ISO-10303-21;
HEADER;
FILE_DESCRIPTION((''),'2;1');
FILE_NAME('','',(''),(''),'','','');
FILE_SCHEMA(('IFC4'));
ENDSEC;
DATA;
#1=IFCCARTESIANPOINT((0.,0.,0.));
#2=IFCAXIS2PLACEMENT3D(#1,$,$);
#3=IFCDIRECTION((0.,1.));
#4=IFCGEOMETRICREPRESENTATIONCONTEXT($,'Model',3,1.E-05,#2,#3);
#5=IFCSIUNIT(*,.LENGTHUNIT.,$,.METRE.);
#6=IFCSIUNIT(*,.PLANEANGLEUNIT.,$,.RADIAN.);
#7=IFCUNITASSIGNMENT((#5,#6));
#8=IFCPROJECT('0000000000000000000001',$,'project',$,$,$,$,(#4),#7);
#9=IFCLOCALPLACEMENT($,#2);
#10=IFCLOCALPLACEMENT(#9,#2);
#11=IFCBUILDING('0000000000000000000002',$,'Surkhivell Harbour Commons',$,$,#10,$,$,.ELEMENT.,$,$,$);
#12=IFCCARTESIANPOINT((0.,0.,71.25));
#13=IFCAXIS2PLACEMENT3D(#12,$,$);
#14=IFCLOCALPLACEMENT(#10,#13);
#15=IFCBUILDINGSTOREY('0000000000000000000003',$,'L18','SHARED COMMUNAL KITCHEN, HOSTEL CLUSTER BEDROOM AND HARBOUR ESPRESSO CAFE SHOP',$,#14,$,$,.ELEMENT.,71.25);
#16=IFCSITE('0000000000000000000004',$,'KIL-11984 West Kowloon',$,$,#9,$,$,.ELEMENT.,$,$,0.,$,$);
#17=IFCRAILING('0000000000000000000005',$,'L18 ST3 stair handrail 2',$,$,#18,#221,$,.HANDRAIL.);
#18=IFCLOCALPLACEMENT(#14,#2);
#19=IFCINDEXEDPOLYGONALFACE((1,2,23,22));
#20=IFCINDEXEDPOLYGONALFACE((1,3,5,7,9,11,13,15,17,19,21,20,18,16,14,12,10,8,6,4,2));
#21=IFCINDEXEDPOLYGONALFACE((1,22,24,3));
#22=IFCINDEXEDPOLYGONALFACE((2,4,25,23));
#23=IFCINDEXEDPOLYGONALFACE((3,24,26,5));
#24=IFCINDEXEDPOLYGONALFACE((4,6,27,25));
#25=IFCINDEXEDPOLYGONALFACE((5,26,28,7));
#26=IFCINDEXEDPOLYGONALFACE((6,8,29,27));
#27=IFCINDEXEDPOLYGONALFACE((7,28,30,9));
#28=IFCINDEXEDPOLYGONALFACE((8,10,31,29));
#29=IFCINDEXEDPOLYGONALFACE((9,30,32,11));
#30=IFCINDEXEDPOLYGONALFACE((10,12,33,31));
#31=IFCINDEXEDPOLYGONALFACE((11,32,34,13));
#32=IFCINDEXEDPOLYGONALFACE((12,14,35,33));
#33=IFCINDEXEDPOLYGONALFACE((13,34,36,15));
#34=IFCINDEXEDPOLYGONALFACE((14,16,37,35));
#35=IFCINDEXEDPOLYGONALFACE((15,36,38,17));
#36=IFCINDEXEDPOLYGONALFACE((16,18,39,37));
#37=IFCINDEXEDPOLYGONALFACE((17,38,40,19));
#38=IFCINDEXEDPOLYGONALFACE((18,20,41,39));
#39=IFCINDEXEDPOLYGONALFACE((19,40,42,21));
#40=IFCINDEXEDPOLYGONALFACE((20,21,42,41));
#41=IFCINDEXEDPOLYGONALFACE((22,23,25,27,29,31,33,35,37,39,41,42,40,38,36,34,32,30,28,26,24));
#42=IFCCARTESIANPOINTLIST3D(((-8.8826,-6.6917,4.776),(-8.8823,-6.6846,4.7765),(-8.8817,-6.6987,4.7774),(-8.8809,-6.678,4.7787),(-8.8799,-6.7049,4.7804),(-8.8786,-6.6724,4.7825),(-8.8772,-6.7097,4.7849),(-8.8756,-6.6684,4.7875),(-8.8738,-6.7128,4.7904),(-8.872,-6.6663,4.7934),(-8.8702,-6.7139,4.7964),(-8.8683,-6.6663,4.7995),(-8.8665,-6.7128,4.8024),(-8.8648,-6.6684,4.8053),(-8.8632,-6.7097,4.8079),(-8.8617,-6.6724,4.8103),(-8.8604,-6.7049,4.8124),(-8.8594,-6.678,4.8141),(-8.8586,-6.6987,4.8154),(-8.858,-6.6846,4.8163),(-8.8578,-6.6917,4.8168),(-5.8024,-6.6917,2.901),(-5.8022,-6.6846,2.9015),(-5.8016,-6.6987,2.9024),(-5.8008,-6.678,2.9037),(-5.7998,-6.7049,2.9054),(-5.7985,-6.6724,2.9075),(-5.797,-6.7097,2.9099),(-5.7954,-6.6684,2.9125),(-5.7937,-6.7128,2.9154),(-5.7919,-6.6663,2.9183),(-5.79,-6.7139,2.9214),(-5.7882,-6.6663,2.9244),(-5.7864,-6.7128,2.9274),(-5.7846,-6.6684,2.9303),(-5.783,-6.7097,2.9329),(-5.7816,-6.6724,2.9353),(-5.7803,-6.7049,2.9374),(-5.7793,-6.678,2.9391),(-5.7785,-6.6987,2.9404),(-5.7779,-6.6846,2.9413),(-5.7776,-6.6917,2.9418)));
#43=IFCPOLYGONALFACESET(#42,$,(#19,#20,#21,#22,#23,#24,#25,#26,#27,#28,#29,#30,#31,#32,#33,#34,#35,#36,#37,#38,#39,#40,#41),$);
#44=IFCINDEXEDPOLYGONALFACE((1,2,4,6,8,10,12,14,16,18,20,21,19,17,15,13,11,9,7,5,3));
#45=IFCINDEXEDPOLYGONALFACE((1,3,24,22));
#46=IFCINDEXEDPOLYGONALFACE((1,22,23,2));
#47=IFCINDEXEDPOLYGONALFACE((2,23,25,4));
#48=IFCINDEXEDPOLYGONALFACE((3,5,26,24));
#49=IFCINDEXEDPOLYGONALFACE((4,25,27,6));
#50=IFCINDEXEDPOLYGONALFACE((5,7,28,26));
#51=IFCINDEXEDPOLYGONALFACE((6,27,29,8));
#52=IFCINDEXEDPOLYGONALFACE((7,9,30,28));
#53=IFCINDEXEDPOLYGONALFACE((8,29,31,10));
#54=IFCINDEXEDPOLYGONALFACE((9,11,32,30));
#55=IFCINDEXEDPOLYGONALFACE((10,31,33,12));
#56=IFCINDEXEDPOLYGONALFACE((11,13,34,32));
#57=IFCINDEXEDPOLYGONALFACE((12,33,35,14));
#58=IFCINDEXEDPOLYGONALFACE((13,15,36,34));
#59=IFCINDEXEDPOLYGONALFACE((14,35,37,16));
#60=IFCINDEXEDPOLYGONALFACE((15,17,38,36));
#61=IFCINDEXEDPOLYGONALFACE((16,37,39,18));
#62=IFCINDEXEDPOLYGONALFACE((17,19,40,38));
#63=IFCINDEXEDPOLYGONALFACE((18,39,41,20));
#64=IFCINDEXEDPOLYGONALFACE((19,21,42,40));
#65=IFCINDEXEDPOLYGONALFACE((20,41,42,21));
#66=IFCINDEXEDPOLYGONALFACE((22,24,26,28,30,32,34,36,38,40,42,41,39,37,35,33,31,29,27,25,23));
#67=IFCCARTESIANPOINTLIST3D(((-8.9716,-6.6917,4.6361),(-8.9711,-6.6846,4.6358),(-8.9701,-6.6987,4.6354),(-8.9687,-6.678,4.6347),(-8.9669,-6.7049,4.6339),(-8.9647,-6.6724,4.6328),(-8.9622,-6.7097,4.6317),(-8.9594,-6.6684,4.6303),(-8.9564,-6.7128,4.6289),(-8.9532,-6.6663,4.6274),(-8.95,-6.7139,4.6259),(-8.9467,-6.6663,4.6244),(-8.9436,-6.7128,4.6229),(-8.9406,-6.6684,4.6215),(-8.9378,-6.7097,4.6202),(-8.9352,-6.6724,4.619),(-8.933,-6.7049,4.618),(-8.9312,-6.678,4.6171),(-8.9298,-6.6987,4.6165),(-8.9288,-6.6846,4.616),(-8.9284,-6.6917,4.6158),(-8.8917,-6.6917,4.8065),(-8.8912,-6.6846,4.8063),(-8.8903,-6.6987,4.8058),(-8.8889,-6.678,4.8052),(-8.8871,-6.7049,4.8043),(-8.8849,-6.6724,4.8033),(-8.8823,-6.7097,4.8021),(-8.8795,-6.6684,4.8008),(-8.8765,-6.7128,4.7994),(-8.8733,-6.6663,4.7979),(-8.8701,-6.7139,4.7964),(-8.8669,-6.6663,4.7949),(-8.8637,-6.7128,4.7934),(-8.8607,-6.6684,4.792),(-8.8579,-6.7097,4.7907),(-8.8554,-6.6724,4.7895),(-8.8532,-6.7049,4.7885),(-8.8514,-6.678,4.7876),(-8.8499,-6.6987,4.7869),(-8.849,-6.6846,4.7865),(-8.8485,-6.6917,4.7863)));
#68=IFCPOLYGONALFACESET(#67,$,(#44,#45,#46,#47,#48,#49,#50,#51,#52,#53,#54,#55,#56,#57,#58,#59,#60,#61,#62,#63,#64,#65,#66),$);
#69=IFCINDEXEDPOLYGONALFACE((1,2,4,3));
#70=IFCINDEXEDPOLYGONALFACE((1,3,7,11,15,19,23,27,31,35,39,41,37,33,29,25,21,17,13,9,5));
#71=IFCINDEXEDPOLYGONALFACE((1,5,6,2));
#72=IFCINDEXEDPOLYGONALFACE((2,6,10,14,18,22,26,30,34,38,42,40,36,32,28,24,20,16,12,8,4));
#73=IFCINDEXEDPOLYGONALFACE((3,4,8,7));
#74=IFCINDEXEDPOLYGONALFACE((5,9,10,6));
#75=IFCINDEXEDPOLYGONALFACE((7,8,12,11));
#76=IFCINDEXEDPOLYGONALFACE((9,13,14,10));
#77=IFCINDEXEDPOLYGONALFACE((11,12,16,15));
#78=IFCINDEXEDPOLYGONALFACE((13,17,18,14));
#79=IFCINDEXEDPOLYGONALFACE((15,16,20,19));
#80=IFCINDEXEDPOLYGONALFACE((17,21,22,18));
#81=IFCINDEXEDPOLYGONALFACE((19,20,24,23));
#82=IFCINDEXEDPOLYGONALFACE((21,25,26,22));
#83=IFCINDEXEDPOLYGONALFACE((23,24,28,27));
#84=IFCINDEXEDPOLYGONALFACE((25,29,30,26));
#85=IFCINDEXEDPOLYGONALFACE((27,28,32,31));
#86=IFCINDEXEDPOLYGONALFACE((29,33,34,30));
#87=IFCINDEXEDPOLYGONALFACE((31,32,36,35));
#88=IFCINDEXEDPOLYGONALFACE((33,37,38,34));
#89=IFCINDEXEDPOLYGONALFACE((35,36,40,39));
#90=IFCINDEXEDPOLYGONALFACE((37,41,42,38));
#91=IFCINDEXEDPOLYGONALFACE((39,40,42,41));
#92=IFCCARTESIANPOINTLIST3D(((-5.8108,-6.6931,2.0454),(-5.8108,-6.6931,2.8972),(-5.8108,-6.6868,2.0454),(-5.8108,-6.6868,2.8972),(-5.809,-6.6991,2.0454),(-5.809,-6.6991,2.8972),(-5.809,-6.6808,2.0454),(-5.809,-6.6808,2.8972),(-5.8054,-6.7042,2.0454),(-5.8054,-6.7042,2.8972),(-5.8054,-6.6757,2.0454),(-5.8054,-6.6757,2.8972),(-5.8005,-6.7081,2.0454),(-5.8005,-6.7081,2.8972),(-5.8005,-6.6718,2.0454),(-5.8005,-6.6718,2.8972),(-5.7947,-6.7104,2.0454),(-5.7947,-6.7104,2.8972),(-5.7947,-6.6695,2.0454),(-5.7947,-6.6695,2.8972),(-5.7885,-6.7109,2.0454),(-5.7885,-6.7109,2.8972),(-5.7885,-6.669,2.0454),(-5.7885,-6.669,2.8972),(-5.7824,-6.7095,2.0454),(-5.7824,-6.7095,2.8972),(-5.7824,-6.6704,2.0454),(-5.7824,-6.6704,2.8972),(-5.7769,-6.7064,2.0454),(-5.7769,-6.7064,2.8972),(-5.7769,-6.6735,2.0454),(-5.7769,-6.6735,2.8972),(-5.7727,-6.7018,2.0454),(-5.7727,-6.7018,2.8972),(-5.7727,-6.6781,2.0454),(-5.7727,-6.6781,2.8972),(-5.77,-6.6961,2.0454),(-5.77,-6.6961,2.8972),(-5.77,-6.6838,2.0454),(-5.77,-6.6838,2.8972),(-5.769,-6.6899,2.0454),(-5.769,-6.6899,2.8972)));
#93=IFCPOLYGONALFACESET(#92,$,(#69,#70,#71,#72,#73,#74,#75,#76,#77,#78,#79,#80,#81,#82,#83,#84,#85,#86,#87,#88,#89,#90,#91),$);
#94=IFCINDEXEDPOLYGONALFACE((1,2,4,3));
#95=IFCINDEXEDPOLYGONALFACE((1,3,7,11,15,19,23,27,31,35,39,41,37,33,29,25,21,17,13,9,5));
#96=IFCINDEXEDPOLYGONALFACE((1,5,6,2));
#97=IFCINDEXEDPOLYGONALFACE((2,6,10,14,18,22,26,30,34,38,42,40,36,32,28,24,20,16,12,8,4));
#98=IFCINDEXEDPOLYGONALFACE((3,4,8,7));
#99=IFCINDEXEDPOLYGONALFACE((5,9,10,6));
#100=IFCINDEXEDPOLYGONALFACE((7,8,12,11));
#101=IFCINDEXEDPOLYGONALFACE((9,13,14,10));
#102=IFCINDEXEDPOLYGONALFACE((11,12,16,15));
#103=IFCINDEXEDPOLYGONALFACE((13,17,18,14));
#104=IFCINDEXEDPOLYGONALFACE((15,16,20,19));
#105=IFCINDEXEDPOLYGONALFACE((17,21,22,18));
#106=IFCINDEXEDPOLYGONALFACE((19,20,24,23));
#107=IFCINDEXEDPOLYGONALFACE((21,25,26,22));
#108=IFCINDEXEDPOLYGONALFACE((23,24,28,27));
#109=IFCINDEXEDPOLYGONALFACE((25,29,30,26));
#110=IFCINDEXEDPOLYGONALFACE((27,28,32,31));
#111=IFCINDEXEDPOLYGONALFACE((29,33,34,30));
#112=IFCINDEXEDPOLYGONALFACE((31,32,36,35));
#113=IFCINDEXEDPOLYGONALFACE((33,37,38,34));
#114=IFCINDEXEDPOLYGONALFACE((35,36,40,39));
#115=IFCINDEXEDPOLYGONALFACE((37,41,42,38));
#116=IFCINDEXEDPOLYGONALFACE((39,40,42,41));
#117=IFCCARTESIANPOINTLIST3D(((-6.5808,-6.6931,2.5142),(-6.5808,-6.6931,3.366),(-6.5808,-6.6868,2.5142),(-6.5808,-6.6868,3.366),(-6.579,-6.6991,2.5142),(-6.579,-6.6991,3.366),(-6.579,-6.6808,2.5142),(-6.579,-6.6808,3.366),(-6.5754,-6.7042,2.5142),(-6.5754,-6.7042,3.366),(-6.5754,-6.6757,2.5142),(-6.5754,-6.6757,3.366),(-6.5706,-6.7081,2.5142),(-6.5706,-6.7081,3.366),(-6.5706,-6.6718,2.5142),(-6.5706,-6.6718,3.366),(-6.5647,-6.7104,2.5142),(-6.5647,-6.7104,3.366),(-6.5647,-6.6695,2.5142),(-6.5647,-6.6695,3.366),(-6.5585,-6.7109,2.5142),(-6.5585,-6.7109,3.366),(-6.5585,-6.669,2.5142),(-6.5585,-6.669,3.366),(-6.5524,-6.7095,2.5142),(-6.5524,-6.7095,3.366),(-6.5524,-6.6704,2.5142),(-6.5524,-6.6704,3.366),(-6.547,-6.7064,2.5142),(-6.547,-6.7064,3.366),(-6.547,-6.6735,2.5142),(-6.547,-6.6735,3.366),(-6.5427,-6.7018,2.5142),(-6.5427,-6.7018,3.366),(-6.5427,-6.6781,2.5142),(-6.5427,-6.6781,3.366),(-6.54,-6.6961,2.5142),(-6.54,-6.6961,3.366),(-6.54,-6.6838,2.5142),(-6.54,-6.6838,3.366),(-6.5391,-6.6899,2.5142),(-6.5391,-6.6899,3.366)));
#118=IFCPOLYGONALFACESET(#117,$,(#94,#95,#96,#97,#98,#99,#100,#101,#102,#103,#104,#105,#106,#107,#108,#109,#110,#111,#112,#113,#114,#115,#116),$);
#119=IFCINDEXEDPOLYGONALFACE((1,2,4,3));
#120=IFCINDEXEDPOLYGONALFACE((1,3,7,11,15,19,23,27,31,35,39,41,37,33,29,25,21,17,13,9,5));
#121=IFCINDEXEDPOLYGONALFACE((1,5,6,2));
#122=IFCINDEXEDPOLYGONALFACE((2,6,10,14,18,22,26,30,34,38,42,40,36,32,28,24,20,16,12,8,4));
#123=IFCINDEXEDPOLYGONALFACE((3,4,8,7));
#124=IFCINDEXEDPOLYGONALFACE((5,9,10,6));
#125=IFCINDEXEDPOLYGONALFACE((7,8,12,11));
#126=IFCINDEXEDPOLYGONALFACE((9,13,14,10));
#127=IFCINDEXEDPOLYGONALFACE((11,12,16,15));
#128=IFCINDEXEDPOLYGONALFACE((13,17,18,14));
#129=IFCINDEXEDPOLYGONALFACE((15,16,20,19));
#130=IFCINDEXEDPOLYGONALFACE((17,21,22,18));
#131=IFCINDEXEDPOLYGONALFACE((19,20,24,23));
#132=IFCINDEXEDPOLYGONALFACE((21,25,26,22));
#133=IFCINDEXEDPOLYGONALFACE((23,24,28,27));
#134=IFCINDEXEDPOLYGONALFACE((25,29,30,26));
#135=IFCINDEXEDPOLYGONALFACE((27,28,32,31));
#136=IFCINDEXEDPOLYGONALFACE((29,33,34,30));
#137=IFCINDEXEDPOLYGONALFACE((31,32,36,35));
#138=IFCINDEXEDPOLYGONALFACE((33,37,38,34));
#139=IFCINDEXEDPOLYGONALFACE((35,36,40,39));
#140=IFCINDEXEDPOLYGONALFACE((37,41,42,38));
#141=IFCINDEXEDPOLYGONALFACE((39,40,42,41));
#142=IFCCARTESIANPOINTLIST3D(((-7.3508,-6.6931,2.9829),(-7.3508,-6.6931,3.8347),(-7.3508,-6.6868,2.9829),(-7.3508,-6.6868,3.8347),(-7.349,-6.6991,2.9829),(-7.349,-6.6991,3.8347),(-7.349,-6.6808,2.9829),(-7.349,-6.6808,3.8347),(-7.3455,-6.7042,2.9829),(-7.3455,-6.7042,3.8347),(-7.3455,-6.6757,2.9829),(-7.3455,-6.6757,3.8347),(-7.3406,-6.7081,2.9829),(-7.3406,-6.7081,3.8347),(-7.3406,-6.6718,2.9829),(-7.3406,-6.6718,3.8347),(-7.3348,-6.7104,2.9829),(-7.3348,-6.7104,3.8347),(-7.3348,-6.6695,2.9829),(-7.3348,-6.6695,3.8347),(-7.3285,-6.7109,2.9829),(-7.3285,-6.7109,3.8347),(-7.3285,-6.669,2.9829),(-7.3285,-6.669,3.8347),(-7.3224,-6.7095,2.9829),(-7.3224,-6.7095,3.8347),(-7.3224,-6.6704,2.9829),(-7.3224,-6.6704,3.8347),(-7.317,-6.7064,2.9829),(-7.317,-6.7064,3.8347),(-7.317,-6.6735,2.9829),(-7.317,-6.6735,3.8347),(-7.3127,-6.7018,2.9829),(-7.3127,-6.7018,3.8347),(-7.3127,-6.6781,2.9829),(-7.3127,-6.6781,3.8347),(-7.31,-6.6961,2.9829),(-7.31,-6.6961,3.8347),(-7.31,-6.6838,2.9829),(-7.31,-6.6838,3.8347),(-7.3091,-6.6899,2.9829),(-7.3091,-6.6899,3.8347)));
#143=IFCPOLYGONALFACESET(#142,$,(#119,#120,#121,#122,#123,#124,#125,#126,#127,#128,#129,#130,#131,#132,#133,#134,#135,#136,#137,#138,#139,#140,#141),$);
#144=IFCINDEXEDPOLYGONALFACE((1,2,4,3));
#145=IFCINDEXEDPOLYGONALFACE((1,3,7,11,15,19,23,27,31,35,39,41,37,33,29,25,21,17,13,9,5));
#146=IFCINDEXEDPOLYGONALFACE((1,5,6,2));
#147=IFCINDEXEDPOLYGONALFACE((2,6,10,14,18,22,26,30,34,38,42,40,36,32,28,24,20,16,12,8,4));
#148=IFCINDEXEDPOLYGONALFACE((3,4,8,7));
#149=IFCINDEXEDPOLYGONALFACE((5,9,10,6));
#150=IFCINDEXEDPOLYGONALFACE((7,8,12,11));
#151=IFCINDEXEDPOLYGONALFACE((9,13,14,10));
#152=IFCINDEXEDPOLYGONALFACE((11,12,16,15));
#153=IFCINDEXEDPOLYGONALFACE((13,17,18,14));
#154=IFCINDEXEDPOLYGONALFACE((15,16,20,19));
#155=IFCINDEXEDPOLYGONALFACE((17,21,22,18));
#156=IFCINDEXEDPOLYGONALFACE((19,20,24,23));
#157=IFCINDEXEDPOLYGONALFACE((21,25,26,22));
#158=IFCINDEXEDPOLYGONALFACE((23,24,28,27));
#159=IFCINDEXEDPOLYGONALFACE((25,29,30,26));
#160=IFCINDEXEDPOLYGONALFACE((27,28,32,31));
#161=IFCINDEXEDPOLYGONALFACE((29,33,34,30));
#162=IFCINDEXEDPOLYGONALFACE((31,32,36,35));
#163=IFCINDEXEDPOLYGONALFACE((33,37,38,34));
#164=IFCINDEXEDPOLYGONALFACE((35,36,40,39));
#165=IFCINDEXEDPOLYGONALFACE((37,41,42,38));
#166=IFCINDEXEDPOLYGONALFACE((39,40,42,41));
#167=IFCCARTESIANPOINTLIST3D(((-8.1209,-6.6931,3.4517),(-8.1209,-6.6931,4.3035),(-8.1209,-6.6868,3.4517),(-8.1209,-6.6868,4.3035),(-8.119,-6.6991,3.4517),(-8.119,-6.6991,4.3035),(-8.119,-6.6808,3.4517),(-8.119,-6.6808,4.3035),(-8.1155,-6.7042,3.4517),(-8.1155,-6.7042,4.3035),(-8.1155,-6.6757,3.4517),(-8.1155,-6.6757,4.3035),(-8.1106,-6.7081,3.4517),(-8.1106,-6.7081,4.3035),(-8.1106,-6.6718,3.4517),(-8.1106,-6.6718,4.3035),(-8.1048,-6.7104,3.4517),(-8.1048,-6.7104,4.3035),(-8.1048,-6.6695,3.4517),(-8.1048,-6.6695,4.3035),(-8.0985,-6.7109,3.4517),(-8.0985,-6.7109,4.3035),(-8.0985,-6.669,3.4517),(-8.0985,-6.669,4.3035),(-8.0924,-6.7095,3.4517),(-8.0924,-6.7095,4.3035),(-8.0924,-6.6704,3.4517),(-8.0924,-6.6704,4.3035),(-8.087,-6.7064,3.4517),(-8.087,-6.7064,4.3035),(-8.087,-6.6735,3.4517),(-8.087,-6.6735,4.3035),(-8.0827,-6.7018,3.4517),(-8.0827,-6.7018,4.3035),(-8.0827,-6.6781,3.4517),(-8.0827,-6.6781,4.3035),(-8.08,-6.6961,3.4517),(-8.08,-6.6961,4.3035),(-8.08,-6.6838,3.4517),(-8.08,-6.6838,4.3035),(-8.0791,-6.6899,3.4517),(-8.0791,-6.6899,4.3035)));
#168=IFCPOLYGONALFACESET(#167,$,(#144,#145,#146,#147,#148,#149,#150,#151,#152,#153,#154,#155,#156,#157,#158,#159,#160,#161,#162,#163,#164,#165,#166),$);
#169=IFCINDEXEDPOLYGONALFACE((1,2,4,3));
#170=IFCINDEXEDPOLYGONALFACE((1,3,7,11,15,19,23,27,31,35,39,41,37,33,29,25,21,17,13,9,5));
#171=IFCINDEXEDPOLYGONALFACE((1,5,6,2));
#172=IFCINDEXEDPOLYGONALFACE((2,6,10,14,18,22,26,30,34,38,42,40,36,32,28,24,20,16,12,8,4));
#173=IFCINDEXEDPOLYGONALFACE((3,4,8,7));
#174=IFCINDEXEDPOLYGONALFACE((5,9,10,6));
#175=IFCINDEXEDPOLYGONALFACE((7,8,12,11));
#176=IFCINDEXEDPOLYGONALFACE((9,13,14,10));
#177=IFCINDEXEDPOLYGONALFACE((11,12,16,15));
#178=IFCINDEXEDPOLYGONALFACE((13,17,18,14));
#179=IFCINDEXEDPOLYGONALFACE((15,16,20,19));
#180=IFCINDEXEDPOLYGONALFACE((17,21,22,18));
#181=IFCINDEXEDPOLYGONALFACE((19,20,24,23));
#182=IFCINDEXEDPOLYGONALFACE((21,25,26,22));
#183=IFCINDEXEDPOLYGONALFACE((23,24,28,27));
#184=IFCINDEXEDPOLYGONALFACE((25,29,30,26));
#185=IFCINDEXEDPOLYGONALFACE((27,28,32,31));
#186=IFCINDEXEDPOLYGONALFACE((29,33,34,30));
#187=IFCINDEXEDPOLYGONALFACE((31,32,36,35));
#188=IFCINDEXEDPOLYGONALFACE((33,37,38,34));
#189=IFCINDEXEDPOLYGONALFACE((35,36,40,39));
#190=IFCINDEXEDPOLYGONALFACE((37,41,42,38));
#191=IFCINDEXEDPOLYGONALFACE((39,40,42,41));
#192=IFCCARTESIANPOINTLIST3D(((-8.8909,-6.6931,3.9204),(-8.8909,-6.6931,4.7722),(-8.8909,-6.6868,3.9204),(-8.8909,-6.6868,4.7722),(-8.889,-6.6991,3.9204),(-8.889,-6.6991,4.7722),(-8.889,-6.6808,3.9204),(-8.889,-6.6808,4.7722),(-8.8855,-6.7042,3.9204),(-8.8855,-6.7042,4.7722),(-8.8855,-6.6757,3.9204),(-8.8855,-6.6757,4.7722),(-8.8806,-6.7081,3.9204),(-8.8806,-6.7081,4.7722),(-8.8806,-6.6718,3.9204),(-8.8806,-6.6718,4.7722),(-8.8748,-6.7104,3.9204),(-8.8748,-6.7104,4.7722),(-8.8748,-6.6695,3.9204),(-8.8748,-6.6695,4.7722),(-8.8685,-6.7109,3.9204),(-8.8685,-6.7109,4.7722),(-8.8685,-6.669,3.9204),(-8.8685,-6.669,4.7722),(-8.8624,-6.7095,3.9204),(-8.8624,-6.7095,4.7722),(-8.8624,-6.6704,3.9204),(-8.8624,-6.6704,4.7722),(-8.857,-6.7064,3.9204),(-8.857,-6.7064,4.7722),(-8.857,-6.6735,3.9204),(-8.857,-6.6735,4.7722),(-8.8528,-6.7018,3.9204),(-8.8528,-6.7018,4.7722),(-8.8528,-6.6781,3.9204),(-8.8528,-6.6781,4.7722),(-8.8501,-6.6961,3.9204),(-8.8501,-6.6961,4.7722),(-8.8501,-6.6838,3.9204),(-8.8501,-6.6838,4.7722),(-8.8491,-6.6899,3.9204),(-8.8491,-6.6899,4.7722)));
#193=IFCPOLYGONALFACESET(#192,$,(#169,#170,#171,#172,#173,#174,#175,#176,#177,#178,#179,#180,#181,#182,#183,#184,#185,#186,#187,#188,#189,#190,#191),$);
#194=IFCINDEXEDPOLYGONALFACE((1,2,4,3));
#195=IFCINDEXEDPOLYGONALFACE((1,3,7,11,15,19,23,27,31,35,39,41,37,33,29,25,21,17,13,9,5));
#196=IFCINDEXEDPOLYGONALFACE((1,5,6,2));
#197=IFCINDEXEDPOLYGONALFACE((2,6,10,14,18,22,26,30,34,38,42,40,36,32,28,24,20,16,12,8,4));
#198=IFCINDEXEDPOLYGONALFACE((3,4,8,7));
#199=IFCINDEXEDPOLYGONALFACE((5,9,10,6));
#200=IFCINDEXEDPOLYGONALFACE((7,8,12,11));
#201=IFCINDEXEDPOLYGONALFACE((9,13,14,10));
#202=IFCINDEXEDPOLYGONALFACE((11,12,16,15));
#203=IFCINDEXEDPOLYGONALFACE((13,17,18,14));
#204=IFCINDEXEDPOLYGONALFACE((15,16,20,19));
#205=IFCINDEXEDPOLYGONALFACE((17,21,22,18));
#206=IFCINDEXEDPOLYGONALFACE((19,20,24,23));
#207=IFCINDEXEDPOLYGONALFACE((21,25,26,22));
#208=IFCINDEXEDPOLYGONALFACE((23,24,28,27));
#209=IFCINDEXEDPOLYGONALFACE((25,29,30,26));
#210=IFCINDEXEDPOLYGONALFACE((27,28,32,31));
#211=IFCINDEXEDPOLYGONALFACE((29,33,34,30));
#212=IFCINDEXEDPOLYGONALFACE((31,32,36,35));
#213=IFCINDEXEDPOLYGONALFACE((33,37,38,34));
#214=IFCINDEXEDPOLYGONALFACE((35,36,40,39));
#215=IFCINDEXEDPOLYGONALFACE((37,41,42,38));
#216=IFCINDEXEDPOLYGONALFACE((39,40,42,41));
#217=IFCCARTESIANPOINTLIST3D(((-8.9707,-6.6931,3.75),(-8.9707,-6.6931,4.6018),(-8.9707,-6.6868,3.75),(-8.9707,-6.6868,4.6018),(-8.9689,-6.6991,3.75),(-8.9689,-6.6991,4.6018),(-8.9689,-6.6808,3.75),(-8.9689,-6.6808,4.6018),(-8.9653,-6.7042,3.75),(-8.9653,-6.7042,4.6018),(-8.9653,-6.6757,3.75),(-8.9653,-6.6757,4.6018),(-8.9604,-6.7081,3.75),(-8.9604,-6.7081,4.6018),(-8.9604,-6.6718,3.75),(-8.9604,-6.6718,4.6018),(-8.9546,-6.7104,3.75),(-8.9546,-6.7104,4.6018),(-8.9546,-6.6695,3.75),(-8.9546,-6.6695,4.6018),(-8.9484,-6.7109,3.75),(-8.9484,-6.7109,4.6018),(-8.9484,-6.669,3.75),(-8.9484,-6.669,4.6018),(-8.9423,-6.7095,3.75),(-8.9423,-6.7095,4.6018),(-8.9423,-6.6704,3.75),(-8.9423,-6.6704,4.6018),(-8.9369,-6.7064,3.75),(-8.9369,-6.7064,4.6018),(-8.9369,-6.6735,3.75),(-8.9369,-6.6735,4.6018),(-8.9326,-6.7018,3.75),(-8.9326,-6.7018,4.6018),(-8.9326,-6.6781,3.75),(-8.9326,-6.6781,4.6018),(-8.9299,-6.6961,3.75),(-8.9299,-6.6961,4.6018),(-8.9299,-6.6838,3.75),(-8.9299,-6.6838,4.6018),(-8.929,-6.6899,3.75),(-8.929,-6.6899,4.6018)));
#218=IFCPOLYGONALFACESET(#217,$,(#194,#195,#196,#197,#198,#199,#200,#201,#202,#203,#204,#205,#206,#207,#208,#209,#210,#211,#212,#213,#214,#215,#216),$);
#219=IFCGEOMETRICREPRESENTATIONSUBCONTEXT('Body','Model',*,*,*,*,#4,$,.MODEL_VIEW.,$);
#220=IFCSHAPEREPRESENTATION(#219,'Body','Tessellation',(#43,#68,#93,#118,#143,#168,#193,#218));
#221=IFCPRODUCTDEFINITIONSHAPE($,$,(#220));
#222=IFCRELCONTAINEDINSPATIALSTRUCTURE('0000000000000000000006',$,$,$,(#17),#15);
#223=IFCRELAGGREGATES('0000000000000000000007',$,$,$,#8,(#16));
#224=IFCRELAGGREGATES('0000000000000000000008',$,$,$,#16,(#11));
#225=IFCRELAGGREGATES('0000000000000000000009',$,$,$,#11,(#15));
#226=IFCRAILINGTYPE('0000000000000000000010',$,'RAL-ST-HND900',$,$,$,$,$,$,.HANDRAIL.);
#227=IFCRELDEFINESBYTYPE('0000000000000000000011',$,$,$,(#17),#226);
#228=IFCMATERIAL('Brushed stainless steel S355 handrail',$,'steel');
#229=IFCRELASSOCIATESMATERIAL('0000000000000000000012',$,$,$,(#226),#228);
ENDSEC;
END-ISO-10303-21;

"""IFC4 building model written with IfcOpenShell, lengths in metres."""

from ifc_helpers import new_model, si_unit, direction, frame, origin, origin_2d, place, context, subcontext, project, spatial, circle, extrude, material, type_object, element, save


model = new_model("IFC4")

# Units and contexts
model_context = context("Model", 3, precision=1e-05, world=origin(), true_north=direction((0.0, 1.0)))
body_context = subcontext(model_context, "Body", "Model", "MODEL_VIEW")
ifc_project = project(units=[si_unit("LENGTHUNIT", "METRE"), si_unit("PLANEANGLEUNIT", "RADIAN")], contexts=[model_context])

# Site, building, storey
site_placement = place(None, origin())
site = spatial("IfcSite", under=ifc_project, at=site_placement, Name="KIL-11984 West Kowloon", CompositionType="ELEMENT", RefElevation=0.0)
building_placement = place(site_placement, origin())
building = spatial("IfcBuilding", under=site, at=building_placement, Name="Surkhivell Harbour Commons", CompositionType="ELEMENT")
storey_placement = place(building_placement, frame((0.0, 0.0, 71.25)))
storey = spatial("IfcBuildingStorey", under=building, at=storey_placement, Name="L18", Description="SHARED COMMUNAL KITCHEN, HOSTEL CLUSTER BEDROOM AND HARBOUR ESPRESSO CAFE SHOP", CompositionType="ELEMENT", Elevation=71.25)

# Railing
ifc_material_1 = material(Name="Brushed stainless steel S355 handrail", Category="steel")
railing_type_1 = type_object("IfcRailingType", Name="RAL-ST-HND900", PredefinedType="HANDRAIL", material=ifc_material_1)
railing_1_placement = place(storey_placement, frame((-5.79, -6.6899, 2.0454)))
element("IfcRailing", 1, at=railing_1_placement, inside=storey, type_object=railing_type_1, Name="L18 ST3 stair handrail 2", PredefinedType="HANDRAIL", context=body_context, shape_type="SweptSolid", body=[
    extrude(circle(Radius=0.0239, at=origin_2d()), frame((0.0, 0.0, 0.876), z_axis=(-0.854178, 0.0, 0.519981), x_axis=(0.0, -1.0, 0.0)), (0.0, 0.0, 1.0), 3.606),
    extrude(circle(Radius=0.0239, at=origin_2d()), frame((-3.0801, 0.0, 2.751), z_axis=(-0.424234, 0.0, -0.905552), x_axis=(0.0, -1.0, 0.0)), (0.0, 0.0, 1.0), 0.1882),
    extrude(circle(Radius=0.021, at=origin_2d()), origin(), (0.0, 0.0, 1.0), 0.8518),
    extrude(circle(Radius=0.021, at=origin_2d()), frame((-0.77, 0.0, 0.4688)), (0.0, 0.0, 1.0), 0.8518),
    extrude(circle(Radius=0.021, at=origin_2d()), frame((-1.54, 0.0, 0.9375)), (0.0, 0.0, 1.0), 0.8518),
    extrude(circle(Radius=0.021, at=origin_2d()), frame((-2.3101, 0.0, 1.4062)), (0.0, 0.0, 1.0), 0.8518),
    extrude(circle(Radius=0.021, at=origin_2d()), frame((-3.0801, 0.0, 1.875)), (0.0, 0.0, 1.0), 0.8518),
    extrude(circle(Radius=0.021, at=origin_2d()), frame((-3.1599, 0.0, 1.7046)), (0.0, 0.0, 1.0), 0.8518),
])

save(model, "model.ifc")
